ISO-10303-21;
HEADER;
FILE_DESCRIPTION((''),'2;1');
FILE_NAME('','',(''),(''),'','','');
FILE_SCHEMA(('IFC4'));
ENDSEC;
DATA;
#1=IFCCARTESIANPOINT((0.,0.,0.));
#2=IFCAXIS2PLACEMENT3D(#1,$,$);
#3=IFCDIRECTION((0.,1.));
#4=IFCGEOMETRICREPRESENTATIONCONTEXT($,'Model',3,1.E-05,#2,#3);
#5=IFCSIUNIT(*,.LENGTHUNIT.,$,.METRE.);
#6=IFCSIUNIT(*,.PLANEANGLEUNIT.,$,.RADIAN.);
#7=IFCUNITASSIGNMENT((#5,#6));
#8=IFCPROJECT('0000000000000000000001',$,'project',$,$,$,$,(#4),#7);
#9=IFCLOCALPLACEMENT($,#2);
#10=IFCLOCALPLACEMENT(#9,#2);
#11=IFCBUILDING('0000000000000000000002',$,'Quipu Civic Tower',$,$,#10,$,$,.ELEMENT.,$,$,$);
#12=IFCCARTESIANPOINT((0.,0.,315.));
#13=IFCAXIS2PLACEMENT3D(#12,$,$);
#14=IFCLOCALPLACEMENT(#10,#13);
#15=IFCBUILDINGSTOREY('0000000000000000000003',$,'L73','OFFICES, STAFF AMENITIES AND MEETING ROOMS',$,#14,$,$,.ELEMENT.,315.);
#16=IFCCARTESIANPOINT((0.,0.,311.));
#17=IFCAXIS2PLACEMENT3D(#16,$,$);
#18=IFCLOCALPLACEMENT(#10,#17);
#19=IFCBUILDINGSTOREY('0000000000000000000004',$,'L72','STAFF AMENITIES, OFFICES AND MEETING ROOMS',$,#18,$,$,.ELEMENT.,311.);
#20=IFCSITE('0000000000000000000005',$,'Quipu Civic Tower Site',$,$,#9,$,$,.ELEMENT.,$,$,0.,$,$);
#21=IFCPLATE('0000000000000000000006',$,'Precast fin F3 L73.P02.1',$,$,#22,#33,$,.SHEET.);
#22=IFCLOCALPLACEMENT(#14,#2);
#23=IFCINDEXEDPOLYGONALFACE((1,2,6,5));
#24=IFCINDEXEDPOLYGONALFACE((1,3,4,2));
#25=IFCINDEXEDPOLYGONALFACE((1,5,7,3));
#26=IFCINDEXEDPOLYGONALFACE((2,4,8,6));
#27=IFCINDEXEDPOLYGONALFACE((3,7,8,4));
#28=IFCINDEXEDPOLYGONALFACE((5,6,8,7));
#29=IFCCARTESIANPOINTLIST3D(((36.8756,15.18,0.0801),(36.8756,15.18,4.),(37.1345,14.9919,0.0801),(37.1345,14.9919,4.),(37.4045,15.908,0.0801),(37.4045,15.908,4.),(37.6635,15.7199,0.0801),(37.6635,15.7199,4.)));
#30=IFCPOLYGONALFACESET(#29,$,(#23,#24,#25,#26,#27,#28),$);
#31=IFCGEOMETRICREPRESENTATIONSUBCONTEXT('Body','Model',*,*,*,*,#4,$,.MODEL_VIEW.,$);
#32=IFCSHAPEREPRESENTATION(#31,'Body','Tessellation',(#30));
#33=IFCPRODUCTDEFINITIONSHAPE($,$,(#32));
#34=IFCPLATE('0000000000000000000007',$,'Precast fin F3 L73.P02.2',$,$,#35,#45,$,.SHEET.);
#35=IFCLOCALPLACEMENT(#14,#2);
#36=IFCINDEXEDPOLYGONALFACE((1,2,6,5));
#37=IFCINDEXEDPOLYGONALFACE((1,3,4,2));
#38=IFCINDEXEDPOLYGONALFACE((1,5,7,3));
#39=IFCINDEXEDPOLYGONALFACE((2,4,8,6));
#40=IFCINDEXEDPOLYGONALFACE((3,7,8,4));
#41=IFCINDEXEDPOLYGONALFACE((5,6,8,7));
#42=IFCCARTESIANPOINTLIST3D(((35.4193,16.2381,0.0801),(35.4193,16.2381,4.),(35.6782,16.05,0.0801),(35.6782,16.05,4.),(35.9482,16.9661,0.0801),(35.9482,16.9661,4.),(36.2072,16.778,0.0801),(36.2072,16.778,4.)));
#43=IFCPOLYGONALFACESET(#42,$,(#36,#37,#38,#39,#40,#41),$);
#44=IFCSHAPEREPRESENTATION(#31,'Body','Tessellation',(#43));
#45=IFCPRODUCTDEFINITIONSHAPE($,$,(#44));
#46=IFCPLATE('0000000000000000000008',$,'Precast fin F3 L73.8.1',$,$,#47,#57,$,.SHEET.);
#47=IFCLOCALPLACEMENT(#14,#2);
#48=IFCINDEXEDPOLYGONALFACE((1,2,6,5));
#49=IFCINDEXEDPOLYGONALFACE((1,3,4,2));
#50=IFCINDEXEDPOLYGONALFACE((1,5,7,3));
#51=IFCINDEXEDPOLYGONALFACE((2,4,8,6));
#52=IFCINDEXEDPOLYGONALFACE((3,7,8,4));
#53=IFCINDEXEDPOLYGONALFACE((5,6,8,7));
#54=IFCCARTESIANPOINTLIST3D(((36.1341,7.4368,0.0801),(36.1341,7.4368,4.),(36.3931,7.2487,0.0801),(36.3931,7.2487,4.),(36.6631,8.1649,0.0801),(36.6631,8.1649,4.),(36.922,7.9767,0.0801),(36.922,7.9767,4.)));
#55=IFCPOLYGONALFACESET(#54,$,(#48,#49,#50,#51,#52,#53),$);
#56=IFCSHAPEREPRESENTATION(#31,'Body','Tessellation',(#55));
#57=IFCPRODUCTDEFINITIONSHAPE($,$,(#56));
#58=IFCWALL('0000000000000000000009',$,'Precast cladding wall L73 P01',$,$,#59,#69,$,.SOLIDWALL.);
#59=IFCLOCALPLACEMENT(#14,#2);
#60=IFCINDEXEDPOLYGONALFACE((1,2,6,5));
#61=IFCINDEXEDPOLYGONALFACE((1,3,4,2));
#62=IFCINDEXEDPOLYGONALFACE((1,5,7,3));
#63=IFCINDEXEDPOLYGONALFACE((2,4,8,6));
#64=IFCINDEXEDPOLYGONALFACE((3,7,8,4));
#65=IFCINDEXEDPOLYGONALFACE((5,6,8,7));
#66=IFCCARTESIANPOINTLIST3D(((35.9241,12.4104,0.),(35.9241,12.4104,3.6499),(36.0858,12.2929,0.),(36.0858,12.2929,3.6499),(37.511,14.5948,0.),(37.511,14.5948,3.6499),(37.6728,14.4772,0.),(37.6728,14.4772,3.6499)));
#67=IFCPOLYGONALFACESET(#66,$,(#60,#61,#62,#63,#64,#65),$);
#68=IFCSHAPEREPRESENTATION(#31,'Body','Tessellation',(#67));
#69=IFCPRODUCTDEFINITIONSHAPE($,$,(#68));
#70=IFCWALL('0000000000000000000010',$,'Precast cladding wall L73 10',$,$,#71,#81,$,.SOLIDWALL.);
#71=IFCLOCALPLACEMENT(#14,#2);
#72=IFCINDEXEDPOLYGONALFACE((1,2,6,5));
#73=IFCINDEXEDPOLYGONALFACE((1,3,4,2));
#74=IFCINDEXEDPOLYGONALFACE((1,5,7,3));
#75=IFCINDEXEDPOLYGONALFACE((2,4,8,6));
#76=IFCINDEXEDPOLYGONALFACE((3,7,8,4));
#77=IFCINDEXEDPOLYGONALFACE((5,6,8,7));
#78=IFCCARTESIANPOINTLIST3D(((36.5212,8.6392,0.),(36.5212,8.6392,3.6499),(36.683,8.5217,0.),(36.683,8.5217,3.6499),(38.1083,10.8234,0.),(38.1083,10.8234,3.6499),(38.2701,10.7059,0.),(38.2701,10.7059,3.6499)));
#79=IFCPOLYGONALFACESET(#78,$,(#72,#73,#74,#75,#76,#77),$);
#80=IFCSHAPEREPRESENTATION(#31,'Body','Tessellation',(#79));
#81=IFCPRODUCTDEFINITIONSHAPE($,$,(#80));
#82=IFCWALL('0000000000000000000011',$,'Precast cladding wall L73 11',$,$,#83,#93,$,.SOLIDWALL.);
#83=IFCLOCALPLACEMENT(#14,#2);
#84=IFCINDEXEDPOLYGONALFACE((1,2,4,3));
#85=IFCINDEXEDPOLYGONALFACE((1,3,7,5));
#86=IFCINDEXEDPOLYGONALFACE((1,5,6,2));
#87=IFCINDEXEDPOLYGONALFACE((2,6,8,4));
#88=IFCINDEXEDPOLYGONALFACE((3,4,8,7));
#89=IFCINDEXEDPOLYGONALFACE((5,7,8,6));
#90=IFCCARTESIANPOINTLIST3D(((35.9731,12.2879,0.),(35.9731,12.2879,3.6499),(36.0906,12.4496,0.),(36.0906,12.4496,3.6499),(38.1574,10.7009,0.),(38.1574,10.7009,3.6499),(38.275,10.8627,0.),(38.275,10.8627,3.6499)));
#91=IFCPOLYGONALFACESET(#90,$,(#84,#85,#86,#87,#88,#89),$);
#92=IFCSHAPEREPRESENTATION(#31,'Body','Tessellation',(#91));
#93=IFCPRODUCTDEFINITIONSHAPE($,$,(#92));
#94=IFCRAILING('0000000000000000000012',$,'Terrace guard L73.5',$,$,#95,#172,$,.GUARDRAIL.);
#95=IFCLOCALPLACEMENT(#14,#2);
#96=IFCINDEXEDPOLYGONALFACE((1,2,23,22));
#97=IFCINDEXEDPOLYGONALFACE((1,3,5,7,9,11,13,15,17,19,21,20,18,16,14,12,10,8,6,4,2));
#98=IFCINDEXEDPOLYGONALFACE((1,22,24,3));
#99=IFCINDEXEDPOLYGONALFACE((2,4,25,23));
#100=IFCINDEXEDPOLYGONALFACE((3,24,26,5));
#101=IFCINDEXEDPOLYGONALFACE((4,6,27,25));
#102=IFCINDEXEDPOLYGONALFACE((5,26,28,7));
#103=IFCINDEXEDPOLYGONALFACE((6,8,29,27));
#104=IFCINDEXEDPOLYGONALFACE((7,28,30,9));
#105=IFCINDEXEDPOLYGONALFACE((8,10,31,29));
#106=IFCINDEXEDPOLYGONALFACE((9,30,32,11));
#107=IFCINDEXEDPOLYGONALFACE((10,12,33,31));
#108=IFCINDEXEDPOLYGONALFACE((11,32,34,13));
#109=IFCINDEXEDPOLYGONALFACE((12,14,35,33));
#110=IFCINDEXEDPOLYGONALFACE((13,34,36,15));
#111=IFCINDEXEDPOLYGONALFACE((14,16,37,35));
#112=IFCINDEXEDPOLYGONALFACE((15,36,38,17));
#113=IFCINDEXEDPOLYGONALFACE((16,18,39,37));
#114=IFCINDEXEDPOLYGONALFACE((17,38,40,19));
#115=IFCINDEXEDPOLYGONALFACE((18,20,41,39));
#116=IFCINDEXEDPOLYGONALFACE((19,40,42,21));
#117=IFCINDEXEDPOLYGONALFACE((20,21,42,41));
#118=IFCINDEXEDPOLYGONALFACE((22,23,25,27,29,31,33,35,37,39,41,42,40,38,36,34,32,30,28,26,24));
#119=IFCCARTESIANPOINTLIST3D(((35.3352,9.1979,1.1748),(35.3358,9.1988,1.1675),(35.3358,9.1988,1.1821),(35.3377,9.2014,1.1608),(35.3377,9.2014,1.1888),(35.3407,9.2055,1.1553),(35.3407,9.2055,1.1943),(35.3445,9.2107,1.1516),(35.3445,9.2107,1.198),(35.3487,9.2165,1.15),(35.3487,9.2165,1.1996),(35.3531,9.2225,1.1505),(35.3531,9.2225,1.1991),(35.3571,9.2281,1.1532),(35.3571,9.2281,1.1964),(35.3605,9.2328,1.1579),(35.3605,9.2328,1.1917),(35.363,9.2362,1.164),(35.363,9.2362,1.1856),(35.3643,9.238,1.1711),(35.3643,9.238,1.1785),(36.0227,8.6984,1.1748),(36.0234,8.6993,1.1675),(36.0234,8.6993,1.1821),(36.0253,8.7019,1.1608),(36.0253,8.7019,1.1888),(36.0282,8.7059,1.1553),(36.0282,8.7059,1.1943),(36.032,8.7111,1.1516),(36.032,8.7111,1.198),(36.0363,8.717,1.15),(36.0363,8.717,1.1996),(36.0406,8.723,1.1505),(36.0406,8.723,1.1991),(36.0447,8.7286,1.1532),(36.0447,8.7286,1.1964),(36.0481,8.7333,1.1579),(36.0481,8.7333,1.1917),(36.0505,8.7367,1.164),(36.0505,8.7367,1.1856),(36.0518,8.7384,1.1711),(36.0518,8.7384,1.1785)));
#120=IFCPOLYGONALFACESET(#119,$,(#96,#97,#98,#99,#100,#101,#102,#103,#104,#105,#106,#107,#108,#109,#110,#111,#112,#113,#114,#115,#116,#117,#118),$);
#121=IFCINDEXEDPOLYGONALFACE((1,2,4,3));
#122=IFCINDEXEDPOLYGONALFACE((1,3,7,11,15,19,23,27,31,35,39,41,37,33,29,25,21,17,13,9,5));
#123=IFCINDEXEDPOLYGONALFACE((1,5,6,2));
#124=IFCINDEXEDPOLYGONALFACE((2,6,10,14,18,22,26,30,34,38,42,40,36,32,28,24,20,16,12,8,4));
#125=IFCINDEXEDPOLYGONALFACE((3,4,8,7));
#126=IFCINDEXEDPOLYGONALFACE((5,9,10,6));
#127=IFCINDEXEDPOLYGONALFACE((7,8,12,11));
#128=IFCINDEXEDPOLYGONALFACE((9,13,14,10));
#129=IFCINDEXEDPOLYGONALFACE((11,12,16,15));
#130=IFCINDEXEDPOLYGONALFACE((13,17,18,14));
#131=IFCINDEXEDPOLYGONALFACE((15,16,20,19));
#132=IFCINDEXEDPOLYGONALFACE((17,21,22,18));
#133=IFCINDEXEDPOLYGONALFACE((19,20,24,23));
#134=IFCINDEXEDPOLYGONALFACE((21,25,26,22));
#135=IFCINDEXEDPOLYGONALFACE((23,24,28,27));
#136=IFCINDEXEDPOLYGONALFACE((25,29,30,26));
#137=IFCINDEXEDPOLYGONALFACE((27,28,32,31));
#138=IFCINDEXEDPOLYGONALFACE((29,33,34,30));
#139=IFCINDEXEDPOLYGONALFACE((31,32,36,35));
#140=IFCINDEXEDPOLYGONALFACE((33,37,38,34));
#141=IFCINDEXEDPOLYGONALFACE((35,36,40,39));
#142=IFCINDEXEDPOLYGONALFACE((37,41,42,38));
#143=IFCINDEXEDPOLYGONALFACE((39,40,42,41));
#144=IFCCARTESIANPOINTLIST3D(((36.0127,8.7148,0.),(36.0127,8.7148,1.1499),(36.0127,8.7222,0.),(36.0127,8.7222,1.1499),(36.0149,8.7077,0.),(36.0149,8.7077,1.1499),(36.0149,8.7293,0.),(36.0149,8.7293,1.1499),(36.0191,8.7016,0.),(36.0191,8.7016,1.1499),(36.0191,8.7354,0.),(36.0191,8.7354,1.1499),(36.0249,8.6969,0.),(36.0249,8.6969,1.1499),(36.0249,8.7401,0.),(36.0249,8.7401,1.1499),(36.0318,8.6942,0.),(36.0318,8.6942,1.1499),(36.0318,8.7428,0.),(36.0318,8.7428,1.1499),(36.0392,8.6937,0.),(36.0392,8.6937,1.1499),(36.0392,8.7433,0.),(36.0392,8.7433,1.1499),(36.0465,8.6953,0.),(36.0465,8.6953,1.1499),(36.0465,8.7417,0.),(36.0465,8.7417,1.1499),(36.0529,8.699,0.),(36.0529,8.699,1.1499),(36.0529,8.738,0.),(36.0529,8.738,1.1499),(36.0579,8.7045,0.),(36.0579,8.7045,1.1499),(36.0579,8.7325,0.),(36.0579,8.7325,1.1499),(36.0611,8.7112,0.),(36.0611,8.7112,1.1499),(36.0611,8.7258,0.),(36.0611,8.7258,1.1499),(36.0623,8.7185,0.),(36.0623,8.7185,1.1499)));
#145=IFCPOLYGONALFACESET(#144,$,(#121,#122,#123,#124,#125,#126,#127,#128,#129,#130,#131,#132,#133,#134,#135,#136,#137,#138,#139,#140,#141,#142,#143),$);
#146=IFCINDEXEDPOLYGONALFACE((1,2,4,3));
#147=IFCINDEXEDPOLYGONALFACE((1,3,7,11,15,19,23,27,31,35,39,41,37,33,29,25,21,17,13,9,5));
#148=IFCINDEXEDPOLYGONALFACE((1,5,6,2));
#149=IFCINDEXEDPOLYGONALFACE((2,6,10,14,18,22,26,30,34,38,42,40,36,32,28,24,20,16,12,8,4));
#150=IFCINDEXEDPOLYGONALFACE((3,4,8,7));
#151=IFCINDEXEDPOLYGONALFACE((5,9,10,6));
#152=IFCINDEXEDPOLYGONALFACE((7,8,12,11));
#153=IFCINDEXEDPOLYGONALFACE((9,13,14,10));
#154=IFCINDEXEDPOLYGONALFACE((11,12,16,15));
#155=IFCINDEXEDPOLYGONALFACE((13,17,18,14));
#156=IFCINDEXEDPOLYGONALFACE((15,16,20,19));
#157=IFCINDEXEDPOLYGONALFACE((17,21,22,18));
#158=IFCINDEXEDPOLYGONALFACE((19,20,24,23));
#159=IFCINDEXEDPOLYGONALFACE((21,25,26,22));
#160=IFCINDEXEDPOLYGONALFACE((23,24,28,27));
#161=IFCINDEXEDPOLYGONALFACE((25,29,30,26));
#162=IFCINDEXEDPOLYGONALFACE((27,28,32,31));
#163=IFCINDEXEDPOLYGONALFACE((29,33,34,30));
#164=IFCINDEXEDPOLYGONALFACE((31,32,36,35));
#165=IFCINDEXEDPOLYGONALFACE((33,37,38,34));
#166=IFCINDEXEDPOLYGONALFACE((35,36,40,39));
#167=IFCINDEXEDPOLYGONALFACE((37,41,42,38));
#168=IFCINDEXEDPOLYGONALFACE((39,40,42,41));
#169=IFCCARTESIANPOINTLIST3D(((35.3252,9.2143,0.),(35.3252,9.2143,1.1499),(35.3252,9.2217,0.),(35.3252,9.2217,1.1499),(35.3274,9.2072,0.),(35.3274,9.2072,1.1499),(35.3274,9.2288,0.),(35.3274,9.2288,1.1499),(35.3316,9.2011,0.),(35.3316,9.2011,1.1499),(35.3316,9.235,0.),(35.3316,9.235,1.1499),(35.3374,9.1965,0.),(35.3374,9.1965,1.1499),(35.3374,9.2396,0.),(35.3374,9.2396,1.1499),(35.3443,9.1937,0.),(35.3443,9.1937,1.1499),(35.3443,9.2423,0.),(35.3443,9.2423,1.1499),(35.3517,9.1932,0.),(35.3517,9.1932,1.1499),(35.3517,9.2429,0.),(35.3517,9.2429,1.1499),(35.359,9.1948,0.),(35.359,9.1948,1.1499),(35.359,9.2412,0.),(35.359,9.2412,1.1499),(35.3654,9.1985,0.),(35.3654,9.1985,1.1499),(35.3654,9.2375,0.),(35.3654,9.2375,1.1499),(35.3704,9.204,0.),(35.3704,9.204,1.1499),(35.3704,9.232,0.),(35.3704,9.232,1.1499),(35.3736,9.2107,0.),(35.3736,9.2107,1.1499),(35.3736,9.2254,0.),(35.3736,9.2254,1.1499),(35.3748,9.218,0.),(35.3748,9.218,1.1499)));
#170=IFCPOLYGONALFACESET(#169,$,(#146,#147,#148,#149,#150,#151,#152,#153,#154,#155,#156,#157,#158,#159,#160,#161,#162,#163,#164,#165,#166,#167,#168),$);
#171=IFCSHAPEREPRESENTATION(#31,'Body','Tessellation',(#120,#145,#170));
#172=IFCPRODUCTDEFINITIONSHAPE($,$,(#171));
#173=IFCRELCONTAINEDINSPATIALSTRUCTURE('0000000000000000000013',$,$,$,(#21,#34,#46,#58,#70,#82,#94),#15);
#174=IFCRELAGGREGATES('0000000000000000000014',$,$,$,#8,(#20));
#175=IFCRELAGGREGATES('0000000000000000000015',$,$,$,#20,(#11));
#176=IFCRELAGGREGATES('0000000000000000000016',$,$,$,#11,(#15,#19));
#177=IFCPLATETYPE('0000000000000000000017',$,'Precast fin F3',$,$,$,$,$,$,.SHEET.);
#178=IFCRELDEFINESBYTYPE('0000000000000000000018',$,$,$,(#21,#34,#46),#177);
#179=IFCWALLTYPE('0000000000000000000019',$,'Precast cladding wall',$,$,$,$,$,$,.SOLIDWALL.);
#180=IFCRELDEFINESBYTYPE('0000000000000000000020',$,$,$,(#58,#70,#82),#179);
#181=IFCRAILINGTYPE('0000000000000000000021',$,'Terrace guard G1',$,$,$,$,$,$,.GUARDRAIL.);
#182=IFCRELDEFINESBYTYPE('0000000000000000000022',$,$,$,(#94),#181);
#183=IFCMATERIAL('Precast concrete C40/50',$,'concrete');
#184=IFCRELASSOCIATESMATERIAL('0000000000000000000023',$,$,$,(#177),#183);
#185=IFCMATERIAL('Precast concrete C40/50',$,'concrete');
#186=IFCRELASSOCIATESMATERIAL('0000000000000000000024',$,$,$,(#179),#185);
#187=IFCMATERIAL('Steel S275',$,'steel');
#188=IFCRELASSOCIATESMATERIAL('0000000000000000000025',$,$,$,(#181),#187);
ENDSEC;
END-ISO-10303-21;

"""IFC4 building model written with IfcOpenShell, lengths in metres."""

from ifc_helpers import new_model, si_unit, direction, frame, frame_2d, origin, origin_2d, place, context, subcontext, project, spatial, rectangle, circle, extrude, material, type_object, element, save


model = new_model("IFC4")

# Units and contexts
model_context = context("Model", 3, precision=1e-05, world=origin(), true_north=direction((0.0, 1.0)))
body_context = subcontext(model_context, "Body", "Model", "MODEL_VIEW")
ifc_project = project(units=[si_unit("LENGTHUNIT", "METRE"), si_unit("PLANEANGLEUNIT", "RADIAN")], contexts=[model_context])

# Site, building, storey
site_placement = place(None, origin())
site = spatial("IfcSite", under=ifc_project, at=site_placement, Name="Quipu Civic Tower Site", CompositionType="ELEMENT", RefElevation=0.0)
building_placement = place(site_placement, origin())
building = spatial("IfcBuilding", under=site, at=building_placement, Name="Quipu Civic Tower", CompositionType="ELEMENT")
storey_1_placement = place(building_placement, frame((0.0, 0.0, 315.0)))
storey_1 = spatial("IfcBuildingStorey", under=building, at=storey_1_placement, Name="L73", Description="OFFICES, STAFF AMENITIES AND MEETING ROOMS", CompositionType="ELEMENT", Elevation=315.0)

# Shared definitions
storey_2_placement = place(building_placement, frame((0.0, 0.0, 311.0)))
storey_2 = spatial("IfcBuildingStorey", under=building, at=storey_2_placement, Name="L72", Description="STAFF AMENITIES, OFFICES AND MEETING ROOMS", CompositionType="ELEMENT", Elevation=311.0)

# Plates
ifc_material_1 = material(Name="Precast concrete C40/50", Category="concrete")
plate_type_1 = type_object("IfcPlateType", Name="Precast fin F3", PredefinedType="SHEET", material=ifc_material_1)
for number, where, z_axis, x_axis, name in (
    (1, (37.2695, 15.45, 0.0801), (0.0, 0.0, 1.0), (-0.809017, 0.587785, 0.0), "Precast fin F3 L73.P02.1"),
    (2, (35.8132, 16.5081, 0.0801), (0.0, 0.0, 1.0), (-0.809017, 0.587785, 0.0), "Precast fin F3 L73.P02.2"),
    (3, (36.5281, 7.7068, 0.0801), (0.0, 0.0, 1.0), (0.809011, -0.587794, 0.0), "Precast fin F3 L73.8.1"),
):
    element("IfcPlate", number, at=place(storey_1_placement, frame(where, z_axis=z_axis, x_axis=x_axis)), inside=storey_1, type_object=plate_type_1, Name=name, PredefinedType="SHEET", context=body_context, shape_type="SweptSolid", body=[
        extrude(rectangle(XDim=0.3201, YDim=0.8999, at=origin_2d()), origin(), (0.0, 0.0, 1.0), 3.9199),
    ])

# Walls
ifc_material_2 = material(Name="Precast concrete C40/50", Category="concrete")
wall_type = type_object("IfcWallType", Name="Precast cladding wall", PredefinedType="SOLIDWALL", material=ifc_material_2)
for number, where, z_axis, x_axis, name in (
    (4, (36.0049, 12.3516, 0.0), (0.0, 0.0, 1.0), (0.587763, 0.809033, 0.0), "Precast cladding wall L73 P01"),
    (5, (36.6021, 8.5803, 0.0), (0.0, 0.0, 1.0), (0.587822, 0.80899, 0.0), "Precast cladding wall L73 10"),
    (6, (38.2163, 10.7817, 0.0), (0.0, 0.0, 1.0), (-0.809033, 0.587763, 0.0), "Precast cladding wall L73 11"),
):
    element("IfcWall", number, at=place(storey_1_placement, frame(where, z_axis=z_axis, x_axis=x_axis)), inside=storey_1, type_object=wall_type, Name=name, PredefinedType="SOLIDWALL", context=body_context, shape_type="SweptSolid", body=[
        extrude(rectangle(XDim=2.7, YDim=0.2, at=frame_2d((1.3501, 0.0))), origin(), (0.0, 0.0, 1.0), 3.6499),
    ])

# Railing
ifc_material_3 = material(Name="Steel S275", Category="steel")
railing_type = type_object("IfcRailingType", Name="Terrace guard G1", PredefinedType="GUARDRAIL", material=ifc_material_3)
railing_placement = place(storey_1_placement, frame((36.0374, 8.7185, 0.0)))
element("IfcRailing", 7, at=railing_placement, inside=storey_1, type_object=railing_type, Name="Terrace guard L73.5", PredefinedType="GUARDRAIL", context=body_context, shape_type="SweptSolid", body=[
    extrude(circle(Radius=0.0249, at=origin_2d()), frame((0.0, 0.0, 1.1748), z_axis=(-0.809009, 0.587796, 0.0), x_axis=(-0.587796, -0.809009, 0.0)), (0.0, 0.0, 1.0), 0.8499),
    extrude(circle(Radius=0.0249, at=origin_2d()), origin(), (0.0, 0.0, 1.0), 1.1499),
    extrude(circle(Radius=0.0249, at=origin_2d()), frame((-0.6875, 0.4995, 0.0)), (0.0, 0.0, 1.0), 1.1499),
])

save(model, "model.ifc")
